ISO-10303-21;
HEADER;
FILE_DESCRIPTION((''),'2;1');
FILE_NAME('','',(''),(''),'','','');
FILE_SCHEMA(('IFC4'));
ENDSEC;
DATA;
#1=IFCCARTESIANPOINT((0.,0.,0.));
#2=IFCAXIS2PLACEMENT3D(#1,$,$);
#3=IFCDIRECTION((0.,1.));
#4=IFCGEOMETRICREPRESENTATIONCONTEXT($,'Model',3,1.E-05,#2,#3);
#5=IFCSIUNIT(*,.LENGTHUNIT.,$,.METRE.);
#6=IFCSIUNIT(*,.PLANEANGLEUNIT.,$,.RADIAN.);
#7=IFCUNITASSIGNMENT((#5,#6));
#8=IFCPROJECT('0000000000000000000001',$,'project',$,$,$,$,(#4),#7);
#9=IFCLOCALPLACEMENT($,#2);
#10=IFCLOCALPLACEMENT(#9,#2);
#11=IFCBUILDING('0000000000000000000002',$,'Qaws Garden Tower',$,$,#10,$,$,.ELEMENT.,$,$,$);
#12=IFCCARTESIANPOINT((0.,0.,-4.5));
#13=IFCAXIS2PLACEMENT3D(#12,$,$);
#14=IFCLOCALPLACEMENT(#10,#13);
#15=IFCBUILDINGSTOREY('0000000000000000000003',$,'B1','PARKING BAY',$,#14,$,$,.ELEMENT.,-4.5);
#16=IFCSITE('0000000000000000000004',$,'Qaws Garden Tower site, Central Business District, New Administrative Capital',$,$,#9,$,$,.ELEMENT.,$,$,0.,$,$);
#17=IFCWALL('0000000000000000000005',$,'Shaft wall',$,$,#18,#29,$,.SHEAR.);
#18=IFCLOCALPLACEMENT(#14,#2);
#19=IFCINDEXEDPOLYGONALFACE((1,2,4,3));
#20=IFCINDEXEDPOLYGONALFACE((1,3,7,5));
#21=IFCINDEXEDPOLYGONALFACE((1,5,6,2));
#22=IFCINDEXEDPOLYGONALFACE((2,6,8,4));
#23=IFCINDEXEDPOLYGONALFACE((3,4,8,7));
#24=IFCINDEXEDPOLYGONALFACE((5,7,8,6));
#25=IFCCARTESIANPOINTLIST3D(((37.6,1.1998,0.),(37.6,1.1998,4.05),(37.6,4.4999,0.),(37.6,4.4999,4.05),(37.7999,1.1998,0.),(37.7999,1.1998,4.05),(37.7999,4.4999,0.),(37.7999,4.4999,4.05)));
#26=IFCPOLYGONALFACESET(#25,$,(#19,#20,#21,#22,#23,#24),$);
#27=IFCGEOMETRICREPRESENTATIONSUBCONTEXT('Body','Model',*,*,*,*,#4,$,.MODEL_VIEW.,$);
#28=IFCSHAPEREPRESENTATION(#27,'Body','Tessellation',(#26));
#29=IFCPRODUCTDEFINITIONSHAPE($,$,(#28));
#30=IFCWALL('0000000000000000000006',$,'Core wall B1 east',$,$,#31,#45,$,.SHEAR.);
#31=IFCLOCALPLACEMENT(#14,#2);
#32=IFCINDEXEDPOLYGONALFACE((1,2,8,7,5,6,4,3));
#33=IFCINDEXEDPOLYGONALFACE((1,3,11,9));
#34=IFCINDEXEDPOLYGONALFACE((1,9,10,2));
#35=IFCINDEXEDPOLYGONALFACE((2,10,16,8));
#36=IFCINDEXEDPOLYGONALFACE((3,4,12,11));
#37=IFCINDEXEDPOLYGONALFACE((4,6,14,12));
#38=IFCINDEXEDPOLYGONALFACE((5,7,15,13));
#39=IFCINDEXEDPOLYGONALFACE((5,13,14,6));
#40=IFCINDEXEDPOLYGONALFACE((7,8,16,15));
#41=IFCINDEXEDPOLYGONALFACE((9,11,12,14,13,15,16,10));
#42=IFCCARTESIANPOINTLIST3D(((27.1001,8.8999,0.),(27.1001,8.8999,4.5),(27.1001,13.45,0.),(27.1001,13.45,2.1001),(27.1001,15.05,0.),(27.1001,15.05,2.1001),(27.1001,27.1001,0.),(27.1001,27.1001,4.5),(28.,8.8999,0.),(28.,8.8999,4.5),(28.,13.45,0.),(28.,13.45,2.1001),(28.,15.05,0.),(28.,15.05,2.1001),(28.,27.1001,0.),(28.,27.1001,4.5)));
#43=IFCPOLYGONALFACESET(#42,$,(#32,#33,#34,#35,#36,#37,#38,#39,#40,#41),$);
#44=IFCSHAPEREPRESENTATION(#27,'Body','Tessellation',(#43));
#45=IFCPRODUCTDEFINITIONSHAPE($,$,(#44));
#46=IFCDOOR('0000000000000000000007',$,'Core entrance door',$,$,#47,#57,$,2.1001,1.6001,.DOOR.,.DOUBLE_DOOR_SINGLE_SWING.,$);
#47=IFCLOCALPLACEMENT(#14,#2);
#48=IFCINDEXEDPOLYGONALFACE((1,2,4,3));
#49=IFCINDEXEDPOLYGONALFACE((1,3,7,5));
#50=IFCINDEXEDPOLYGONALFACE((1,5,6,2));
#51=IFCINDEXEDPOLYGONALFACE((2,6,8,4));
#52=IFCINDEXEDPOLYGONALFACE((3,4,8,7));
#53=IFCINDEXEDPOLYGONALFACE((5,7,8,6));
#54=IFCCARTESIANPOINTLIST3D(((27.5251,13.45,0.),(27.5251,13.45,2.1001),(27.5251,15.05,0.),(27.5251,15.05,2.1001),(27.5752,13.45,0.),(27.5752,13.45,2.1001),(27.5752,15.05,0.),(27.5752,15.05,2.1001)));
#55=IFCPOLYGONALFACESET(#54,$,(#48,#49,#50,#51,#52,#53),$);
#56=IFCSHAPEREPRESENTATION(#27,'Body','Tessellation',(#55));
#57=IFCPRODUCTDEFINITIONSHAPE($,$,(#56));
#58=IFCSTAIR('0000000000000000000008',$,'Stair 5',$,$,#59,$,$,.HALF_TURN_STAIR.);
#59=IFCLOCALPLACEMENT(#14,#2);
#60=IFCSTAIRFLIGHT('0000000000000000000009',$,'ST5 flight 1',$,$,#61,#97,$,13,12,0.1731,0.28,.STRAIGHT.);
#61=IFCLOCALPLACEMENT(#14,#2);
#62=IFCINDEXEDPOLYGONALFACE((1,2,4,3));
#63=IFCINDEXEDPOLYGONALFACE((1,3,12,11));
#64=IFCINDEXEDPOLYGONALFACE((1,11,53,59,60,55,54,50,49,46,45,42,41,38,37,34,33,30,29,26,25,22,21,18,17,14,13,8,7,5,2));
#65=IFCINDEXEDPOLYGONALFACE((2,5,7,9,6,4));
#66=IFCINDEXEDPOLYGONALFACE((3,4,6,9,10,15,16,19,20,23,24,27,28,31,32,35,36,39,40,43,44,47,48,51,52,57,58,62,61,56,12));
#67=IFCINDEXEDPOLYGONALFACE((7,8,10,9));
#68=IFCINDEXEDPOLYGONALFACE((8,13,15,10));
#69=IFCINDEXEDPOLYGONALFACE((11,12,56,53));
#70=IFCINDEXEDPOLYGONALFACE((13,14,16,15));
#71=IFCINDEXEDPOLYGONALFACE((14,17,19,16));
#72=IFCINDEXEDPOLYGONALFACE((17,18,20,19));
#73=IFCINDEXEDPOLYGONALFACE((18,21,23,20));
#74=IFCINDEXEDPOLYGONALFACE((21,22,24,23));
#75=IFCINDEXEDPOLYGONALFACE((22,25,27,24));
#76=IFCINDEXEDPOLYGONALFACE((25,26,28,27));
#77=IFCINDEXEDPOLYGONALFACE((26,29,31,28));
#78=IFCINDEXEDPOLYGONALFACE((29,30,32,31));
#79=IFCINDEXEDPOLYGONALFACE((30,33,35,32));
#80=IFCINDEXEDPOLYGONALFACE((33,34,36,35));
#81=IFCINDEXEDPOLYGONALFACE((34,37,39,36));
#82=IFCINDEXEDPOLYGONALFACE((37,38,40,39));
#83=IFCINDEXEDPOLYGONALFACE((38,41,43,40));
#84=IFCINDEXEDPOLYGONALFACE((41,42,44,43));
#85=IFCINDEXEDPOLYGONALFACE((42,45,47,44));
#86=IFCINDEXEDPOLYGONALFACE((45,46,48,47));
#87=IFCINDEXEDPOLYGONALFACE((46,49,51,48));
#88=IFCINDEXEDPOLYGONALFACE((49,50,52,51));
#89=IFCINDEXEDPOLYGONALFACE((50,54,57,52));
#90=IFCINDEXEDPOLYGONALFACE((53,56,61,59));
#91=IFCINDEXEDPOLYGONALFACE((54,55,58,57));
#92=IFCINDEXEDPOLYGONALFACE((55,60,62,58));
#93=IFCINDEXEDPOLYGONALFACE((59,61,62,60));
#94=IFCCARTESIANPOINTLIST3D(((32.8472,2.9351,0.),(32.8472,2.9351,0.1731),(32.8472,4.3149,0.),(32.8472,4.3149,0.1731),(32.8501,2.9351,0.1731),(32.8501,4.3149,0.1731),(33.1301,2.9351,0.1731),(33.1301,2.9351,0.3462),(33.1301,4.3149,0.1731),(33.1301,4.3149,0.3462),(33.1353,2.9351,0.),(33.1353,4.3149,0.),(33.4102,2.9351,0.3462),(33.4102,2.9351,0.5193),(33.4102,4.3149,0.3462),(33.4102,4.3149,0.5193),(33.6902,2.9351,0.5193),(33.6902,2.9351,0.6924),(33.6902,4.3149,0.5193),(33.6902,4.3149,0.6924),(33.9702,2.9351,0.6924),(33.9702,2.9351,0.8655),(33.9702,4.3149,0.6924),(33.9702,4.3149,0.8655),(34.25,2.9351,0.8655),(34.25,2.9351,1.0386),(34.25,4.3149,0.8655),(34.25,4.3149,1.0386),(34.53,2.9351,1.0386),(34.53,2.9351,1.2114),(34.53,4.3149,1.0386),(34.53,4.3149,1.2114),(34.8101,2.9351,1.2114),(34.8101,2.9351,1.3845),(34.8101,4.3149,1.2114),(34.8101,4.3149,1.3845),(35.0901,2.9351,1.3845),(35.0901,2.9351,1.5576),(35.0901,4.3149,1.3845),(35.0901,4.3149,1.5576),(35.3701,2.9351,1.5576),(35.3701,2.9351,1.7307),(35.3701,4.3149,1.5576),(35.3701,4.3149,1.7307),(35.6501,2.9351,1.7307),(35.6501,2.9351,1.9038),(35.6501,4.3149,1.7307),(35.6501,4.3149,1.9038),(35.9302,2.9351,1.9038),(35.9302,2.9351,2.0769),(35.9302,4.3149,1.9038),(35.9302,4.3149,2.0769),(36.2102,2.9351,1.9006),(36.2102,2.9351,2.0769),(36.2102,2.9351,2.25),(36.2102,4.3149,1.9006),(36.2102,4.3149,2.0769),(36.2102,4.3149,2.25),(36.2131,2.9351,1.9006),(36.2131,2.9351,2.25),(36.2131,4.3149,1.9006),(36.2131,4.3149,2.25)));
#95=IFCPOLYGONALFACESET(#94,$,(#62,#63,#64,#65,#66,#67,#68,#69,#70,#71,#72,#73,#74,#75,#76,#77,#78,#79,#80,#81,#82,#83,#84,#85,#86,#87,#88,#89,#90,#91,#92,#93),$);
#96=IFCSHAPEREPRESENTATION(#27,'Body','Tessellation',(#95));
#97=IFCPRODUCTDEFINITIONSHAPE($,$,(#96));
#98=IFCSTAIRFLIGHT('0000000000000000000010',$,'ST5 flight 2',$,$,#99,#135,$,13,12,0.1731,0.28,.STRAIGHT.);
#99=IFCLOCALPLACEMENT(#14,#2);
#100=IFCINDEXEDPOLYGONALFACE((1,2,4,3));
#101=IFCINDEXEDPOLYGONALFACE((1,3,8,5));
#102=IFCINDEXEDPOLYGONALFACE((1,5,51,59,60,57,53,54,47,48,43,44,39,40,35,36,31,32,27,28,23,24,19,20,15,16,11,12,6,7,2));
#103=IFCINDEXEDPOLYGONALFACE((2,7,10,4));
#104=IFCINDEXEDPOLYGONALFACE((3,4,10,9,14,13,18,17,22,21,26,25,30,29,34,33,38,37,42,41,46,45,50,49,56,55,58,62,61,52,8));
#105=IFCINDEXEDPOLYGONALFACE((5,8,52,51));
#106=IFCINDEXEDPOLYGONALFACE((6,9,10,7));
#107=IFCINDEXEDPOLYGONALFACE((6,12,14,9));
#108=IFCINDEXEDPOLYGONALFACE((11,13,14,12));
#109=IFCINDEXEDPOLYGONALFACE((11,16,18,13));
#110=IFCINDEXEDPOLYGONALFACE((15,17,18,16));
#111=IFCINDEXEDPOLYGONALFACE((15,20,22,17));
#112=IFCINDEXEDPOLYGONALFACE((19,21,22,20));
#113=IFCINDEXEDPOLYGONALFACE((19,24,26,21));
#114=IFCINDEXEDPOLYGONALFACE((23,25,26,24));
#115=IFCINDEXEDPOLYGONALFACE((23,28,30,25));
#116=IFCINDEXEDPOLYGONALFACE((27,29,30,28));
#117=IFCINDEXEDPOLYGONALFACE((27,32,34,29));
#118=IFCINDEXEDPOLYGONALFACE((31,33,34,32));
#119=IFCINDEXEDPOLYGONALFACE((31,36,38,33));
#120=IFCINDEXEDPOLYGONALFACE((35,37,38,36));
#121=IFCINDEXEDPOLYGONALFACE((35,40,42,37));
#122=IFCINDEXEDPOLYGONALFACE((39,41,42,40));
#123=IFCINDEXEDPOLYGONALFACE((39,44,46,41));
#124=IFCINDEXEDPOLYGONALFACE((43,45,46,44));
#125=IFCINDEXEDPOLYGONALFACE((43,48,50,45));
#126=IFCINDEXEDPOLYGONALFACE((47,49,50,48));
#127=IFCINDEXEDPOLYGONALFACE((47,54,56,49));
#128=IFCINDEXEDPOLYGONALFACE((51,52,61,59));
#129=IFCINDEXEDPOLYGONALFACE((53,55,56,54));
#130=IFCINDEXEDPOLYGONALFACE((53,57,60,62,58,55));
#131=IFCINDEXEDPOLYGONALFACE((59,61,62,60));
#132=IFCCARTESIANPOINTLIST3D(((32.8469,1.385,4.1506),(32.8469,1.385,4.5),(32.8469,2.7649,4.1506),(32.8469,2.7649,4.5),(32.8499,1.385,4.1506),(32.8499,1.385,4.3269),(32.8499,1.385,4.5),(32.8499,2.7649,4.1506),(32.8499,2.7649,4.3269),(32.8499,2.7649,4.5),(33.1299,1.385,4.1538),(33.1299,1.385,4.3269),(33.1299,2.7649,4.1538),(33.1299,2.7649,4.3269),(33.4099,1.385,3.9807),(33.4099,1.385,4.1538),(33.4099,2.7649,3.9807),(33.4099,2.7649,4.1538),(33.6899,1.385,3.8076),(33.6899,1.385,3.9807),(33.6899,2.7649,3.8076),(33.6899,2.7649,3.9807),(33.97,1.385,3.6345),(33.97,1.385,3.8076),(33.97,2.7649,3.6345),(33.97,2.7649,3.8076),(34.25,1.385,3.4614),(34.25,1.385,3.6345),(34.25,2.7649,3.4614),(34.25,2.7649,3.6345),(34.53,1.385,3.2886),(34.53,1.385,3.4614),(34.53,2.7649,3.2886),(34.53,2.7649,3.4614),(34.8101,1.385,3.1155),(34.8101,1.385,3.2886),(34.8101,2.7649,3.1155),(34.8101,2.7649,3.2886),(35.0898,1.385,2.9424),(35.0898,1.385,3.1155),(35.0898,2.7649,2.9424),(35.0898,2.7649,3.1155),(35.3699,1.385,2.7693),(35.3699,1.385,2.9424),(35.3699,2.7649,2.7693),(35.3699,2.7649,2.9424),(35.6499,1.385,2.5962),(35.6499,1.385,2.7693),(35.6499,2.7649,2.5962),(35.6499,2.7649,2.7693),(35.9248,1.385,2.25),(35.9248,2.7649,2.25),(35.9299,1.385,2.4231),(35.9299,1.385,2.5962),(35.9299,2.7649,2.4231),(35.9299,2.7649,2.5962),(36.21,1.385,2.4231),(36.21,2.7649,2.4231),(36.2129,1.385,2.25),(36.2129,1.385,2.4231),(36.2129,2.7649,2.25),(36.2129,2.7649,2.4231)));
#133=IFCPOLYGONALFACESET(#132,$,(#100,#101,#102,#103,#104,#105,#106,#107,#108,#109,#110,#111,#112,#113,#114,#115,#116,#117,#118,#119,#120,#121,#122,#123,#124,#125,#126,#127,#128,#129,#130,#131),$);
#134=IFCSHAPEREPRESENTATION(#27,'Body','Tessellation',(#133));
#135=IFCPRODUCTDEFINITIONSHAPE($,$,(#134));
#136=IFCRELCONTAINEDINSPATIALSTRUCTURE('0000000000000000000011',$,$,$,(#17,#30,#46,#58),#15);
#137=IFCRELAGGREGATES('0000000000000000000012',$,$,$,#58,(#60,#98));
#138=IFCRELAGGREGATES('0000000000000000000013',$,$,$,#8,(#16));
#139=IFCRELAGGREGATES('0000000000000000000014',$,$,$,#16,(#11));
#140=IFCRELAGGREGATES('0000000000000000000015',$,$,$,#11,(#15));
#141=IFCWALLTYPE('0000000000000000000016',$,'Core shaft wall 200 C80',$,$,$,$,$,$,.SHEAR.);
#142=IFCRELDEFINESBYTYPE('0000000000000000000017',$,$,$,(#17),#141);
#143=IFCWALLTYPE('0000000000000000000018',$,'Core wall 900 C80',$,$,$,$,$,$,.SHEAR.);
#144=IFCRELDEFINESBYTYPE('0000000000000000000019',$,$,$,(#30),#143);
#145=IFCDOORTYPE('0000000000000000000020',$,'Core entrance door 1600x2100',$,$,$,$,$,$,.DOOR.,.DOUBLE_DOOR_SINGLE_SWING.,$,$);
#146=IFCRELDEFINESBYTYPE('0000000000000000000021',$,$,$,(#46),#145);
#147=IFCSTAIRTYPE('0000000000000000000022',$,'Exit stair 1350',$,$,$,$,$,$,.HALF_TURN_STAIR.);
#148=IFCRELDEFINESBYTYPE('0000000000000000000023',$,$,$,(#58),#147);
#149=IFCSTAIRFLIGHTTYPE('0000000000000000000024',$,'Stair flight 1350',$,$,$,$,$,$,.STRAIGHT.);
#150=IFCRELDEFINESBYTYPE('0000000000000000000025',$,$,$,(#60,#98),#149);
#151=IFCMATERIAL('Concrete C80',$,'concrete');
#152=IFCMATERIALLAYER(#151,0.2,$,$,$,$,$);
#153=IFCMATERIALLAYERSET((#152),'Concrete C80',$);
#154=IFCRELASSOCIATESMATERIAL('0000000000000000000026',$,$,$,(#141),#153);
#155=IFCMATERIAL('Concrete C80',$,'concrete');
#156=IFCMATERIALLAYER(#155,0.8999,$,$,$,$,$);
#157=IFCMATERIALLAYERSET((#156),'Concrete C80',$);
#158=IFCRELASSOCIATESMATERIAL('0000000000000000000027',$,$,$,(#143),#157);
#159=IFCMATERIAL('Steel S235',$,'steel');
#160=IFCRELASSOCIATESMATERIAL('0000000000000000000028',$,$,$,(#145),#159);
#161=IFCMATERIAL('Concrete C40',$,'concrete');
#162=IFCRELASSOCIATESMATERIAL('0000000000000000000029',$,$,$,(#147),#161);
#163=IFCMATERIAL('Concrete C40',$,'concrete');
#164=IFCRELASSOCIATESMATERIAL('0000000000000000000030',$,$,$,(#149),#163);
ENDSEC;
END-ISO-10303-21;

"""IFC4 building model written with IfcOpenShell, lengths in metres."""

from ifc_helpers import new_model, si_unit, direction, frame, frame_2d, origin, place, context, subcontext, project, spatial, polyline, rectangle, outline, extrude, material, layer, layer_set, type_object, element, fill, aggregate, save


model = new_model("IFC4")

# Units and contexts
model_context = context("Model", 3, precision=1e-05, world=origin(), true_north=direction((0.0, 1.0)))
body_context = subcontext(model_context, "Body", "Model", "MODEL_VIEW")
ifc_project = project(units=[si_unit("LENGTHUNIT", "METRE"), si_unit("PLANEANGLEUNIT", "RADIAN")], contexts=[model_context])

# Site, building, storey
site_placement = place(None, origin())
site = spatial("IfcSite", under=ifc_project, at=site_placement, Name="Qaws Garden Tower site, Central Business District, New Administrative Capital", CompositionType="ELEMENT", RefElevation=0.0)
building_placement = place(site_placement, origin())
building = spatial("IfcBuilding", under=site, at=building_placement, Name="Qaws Garden Tower", CompositionType="ELEMENT")
storey_placement = place(building_placement, frame((0.0, 0.0, -4.5)))
storey = spatial("IfcBuildingStorey", under=building, at=storey_placement, Name="B1", Description="PARKING BAY", CompositionType="ELEMENT", Elevation=-4.5)

# Shared definitions
ifc_material_1 = material(Name="Concrete C80", Category="concrete")
ifc_layer_1 = layer(ifc_material_1, 0.2)
ifc_layer_set_1 = layer_set([ifc_layer_1], Name="Concrete C80")
wall_type_1 = type_object("IfcWallType", Name="Core shaft wall 200 C80", PredefinedType="SHEAR", material=ifc_layer_set_1)

# Wall
for number, where, z_axis, x_axis, name in (
    (1, (37.7, 1.2, 0.0), (0.0, 0.0, 1.0), (0.0, 1.0, 0.0), "Shaft wall"),
):
    element("IfcWall", number, at=place(storey_placement, frame(where, z_axis=z_axis, x_axis=x_axis)), inside=storey, type_object=wall_type_1, Name=name, PredefinedType="SHEAR", context=body_context, shape_type="SweptSolid", body=[
        extrude(rectangle(XDim=3.3, YDim=0.2, at=frame_2d((1.6499, 0.0))), origin(), (0.0, 0.0, 1.0), 4.05),
    ])

# Wall, opening, door
ifc_material_2 = material(Name="Concrete C80", Category="concrete")
ifc_layer_2 = layer(ifc_material_2, 0.8999)
ifc_layer_set_2 = layer_set([ifc_layer_2], Name="Concrete C80")
wall_type_2 = type_object("IfcWallType", Name="Core wall 900 C80", PredefinedType="SHEAR", material=ifc_layer_set_2)
wall_1_placement = place(storey_placement, frame((27.55, 8.8999, 0.0), z_axis=(0.0, 0.0, 1.0), x_axis=(0.0, 1.0, 0.0)))
wall_1 = element("IfcWall", 2, at=wall_1_placement, inside=storey, type_object=wall_type_2, Name="Core wall B1 east", PredefinedType="SHEAR", context=body_context, shape_type="SweptSolid", body=[
    extrude(rectangle(XDim=18.2002, YDim=0.8999, at=frame_2d((9.1001, 0.0))), origin(), (0.0, 0.0, 1.0), 4.5),
])
opening_1_placement = place(wall_1_placement, frame((4.55, 0.0, 0.0)))
opening_1 = element("IfcOpeningElement", 3, at=opening_1_placement, cuts=wall_1, PredefinedType="OPENING", context=body_context, shape_type="SweptSolid", body=[
    extrude(rectangle(XDim=1.6001, YDim=2.1001, at=frame_2d((0.8, 1.05))), frame((0.0, 0.46, 0.0), z_axis=(0.0, -1.0, 0.0), x_axis=(1.0, 0.0, 0.0)), (0.0, 0.0, 1.0), 0.9199),
])
ifc_material_3 = material(Name="Steel S235", Category="steel")
door_type_1 = type_object("IfcDoorType", Name="Core entrance door 1600x2100", OperationType="DOUBLE_DOOR_SINGLE_SWING", PredefinedType="DOOR", material=ifc_material_3)
door_1_placement = place(opening_1_placement, origin())
door_1 = element("IfcDoor", 4, at=door_1_placement, inside=storey, type_object=door_type_1, Name="Core entrance door", OperationType="DOUBLE_DOOR_SINGLE_SWING", OverallHeight=2.1001, OverallWidth=1.6001, PredefinedType="DOOR", context=body_context, shape_type="SweptSolid", body=[
    extrude(rectangle(XDim=1.6001, YDim=2.1001, at=frame_2d((0.8, 1.05))), frame((0.0, 0.0249, 0.0), z_axis=(0.0, -1.0, 0.0), x_axis=(1.0, 0.0, 0.0)), (0.0, 0.0, 1.0), 0.05),
])
fill(opening_1, door_1)

# Stair, stair flights
ifc_material_4 = material(Name="Concrete C40", Category="concrete")
stair_type = type_object("IfcStairType", Name="Exit stair 1350", PredefinedType="HALF_TURN_STAIR", material=ifc_material_4)
stair_placement = place(storey_placement, origin())
stair = element("IfcStair", 5, at=stair_placement, inside=storey, type_object=stair_type, Name="Stair 5", PredefinedType="HALF_TURN_STAIR")
ifc_material_5 = material(Name="Concrete C40", Category="concrete")
stair_flight_type = type_object("IfcStairFlightType", Name="Stair flight 1350", PredefinedType="STRAIGHT", material=ifc_material_5)
stair_flight_1_placement = place(storey_placement, frame((32.8501, 3.625, 0.0), z_axis=(0.0, 0.0, 1.0), x_axis=(1.0, 0.0, 0.0)))
stair_flight_1 = element("IfcStairFlight", 6, at=stair_flight_1_placement, type_object=stair_flight_type, Name="ST5 flight 1", NumberOfRisers=13, NumberOfTreads=12, PredefinedType="STRAIGHT", RiserHeight=0.1731, TreadLength=0.28, context=body_context, shape_type="SweptSolid", body=[
    extrude(outline(polyline([(-0.0029, 0.0), (-0.0029, 0.1731), (0.0, 0.1731), (0.28, 0.1731), (0.28, 0.3462), (0.5601, 0.3462), (0.5601, 0.5193), (0.8401, 0.5193), (0.8401, 0.6924), (1.1201, 0.6924), (1.1201, 0.8655), (1.3999, 0.8655), (1.3999, 1.0386), (1.6799, 1.0386), (1.6799, 1.2114), (1.96, 1.2114), (1.96, 1.3845), (2.24, 1.3845), (2.24, 1.5576), (2.52, 1.5576), (2.52, 1.7307), (2.8, 1.7307), (2.8, 1.9038), (3.0801, 1.9038), (3.0801, 2.0769), (3.3601, 2.0769), (3.3601, 2.25), (3.363, 2.25), (3.363, 1.9006), (3.3601, 1.9006), (0.2852, 0.0), (-0.0029, 0.0)])), frame((0.0, 0.6899, 0.0), z_axis=(0.0, -1.0, 0.0), x_axis=(1.0, 0.0, 0.0)), (0.0, 0.0, 1.0), 1.3799),
])
stair_flight_2_placement = place(storey_placement, frame((36.21, 2.075, 2.25), z_axis=(0.0, 0.0, 1.0), x_axis=(-1.0, 0.0, 0.0)))
stair_flight_2 = element("IfcStairFlight", 7, at=stair_flight_2_placement, type_object=stair_flight_type, Name="ST5 flight 2", NumberOfRisers=13, NumberOfTreads=12, PredefinedType="STRAIGHT", RiserHeight=0.1731, TreadLength=0.28, context=body_context, shape_type="SweptSolid", body=[
    extrude(outline(polyline([(-0.0029, 0.0), (-0.0029, 0.1731), (0.0, 0.1731), (0.28, 0.1731), (0.28, 0.3462), (0.5601, 0.3462), (0.5601, 0.5193), (0.8401, 0.5193), (0.8401, 0.6924), (1.1201, 0.6924), (1.1201, 0.8655), (1.3999, 0.8655), (1.3999, 1.0386), (1.6799, 1.0386), (1.6799, 1.2114), (1.96, 1.2114), (1.96, 1.3845), (2.24, 1.3845), (2.24, 1.5576), (2.52, 1.5576), (2.52, 1.7307), (2.8, 1.7307), (2.8, 1.9038), (3.0801, 1.9038), (3.0801, 2.0769), (3.3601, 2.0769), (3.3601, 2.25), (3.363, 2.25), (3.363, 1.9006), (3.3601, 1.9006), (0.2852, 0.0), (-0.0029, 0.0)])), frame((0.0, 0.6899, 0.0), z_axis=(0.0, -1.0, 0.0), x_axis=(1.0, 0.0, 0.0)), (0.0, 0.0, 1.0), 1.3799),
])
aggregate(stair, [stair_flight_1, stair_flight_2])

save(model, "model.ifc")
